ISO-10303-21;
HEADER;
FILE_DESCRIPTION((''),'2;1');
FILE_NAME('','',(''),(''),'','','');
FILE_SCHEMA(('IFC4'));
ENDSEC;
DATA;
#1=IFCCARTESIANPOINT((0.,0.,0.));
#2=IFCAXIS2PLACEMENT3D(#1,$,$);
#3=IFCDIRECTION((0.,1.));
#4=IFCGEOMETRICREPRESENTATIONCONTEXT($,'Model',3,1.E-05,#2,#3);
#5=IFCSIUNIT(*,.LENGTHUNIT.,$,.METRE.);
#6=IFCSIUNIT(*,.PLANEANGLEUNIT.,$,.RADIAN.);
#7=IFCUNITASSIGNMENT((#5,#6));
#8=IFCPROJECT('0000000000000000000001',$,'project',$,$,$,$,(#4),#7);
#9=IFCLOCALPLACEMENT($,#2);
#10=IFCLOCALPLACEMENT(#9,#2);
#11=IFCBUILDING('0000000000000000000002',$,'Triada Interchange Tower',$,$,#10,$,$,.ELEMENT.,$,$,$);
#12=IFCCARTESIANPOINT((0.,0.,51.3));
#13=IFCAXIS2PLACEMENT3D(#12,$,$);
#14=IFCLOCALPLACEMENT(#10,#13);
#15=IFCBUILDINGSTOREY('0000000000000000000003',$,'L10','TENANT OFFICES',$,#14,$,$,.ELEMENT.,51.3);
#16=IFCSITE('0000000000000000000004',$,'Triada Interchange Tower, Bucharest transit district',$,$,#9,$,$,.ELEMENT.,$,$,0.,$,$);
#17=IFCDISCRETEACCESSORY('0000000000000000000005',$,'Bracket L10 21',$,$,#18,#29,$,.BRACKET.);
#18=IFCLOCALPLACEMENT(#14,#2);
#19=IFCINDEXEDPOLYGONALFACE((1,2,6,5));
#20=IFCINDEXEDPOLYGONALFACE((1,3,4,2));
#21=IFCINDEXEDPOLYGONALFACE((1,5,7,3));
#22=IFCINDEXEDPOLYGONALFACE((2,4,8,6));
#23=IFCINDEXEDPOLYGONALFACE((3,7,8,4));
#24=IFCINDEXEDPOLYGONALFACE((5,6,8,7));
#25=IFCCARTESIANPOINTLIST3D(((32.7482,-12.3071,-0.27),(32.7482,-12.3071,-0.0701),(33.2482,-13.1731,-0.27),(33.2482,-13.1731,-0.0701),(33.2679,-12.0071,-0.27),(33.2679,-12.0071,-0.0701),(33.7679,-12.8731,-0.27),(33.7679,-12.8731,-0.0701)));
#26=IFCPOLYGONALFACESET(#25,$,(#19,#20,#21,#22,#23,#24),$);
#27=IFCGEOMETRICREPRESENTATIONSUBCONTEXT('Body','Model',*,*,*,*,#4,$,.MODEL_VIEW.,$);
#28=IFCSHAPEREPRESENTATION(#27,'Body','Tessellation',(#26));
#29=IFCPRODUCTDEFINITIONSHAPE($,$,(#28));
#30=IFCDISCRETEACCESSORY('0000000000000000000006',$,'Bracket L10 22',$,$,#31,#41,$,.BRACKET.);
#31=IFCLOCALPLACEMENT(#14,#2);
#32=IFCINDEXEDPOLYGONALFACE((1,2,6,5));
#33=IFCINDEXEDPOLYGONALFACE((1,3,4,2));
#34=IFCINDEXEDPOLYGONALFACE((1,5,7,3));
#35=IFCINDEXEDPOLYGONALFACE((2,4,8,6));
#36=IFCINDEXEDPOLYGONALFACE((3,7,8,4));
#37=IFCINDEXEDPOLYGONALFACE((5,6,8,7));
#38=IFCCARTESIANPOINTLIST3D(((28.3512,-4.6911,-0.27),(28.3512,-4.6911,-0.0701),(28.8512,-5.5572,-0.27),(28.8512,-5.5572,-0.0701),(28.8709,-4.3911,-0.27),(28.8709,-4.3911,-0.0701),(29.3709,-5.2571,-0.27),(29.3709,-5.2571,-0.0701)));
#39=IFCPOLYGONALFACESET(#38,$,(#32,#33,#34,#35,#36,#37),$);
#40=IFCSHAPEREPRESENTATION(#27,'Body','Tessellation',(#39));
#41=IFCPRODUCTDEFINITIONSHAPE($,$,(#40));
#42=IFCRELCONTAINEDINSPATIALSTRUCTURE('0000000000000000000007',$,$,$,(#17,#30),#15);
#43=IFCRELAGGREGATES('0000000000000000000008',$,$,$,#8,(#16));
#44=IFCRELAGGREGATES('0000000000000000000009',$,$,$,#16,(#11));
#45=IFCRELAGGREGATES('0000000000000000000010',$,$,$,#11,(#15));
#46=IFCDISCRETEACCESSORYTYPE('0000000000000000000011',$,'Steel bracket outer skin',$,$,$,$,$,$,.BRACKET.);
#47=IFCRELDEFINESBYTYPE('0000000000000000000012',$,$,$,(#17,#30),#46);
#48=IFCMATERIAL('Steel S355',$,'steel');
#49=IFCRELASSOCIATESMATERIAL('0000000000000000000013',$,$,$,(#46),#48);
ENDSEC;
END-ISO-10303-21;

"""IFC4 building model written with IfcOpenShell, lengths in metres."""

from ifc_helpers import new_model, si_unit, direction, frame, origin, origin_2d, place, context, subcontext, project, spatial, rectangle, extrude, material, type_object, element, save


model = new_model("IFC4")

# Units and contexts
model_context = context("Model", 3, precision=1e-05, world=origin(), true_north=direction((0.0, 1.0)))
body_context = subcontext(model_context, "Body", "Model", "MODEL_VIEW")
ifc_project = project(units=[si_unit("LENGTHUNIT", "METRE"), si_unit("PLANEANGLEUNIT", "RADIAN")], contexts=[model_context])

# Site, building, storey
site_placement = place(None, origin())
site = spatial("IfcSite", under=ifc_project, at=site_placement, Name="Triada Interchange Tower, Bucharest transit district", CompositionType="ELEMENT", RefElevation=0.0)
building_placement = place(site_placement, origin())
building = spatial("IfcBuilding", under=site, at=building_placement, Name="Triada Interchange Tower", CompositionType="ELEMENT")
storey_placement = place(building_placement, frame((0.0, 0.0, 51.3)))
storey = spatial("IfcBuildingStorey", under=building, at=storey_placement, Name="L10", Description="TENANT OFFICES", CompositionType="ELEMENT", Elevation=51.3)

# Discrete accessories
ifc_material_1 = material(Name="Steel S355", Category="steel")
discrete_accessory_type = type_object("IfcDiscreteAccessoryType", Name="Steel bracket outer skin", PredefinedType="BRACKET", material=ifc_material_1)
for number, where, z_axis, x_axis, name in (
    (1, (33.2581, -12.5901, -0.27), (0.0, 0.0, 1.0), (0.866026, 0.499999, 0.0), "Bracket L10 21"),
    (2, (28.8611, -4.9741, -0.27), (0.0, 0.0, 1.0), (0.866026, 0.499999, 0.0), "Bracket L10 22"),
):
    element("IfcDiscreteAccessory", number, at=place(storey_placement, frame(where, z_axis=z_axis, x_axis=x_axis)), inside=storey, type_object=discrete_accessory_type, Name=name, PredefinedType="BRACKET", context=body_context, shape_type="SweptSolid", body=[
        extrude(rectangle(XDim=0.6001, YDim=1.0, at=origin_2d()), origin(), (0.0, 0.0, 1.0), 0.2),
    ])

save(model, "model.ifc")
